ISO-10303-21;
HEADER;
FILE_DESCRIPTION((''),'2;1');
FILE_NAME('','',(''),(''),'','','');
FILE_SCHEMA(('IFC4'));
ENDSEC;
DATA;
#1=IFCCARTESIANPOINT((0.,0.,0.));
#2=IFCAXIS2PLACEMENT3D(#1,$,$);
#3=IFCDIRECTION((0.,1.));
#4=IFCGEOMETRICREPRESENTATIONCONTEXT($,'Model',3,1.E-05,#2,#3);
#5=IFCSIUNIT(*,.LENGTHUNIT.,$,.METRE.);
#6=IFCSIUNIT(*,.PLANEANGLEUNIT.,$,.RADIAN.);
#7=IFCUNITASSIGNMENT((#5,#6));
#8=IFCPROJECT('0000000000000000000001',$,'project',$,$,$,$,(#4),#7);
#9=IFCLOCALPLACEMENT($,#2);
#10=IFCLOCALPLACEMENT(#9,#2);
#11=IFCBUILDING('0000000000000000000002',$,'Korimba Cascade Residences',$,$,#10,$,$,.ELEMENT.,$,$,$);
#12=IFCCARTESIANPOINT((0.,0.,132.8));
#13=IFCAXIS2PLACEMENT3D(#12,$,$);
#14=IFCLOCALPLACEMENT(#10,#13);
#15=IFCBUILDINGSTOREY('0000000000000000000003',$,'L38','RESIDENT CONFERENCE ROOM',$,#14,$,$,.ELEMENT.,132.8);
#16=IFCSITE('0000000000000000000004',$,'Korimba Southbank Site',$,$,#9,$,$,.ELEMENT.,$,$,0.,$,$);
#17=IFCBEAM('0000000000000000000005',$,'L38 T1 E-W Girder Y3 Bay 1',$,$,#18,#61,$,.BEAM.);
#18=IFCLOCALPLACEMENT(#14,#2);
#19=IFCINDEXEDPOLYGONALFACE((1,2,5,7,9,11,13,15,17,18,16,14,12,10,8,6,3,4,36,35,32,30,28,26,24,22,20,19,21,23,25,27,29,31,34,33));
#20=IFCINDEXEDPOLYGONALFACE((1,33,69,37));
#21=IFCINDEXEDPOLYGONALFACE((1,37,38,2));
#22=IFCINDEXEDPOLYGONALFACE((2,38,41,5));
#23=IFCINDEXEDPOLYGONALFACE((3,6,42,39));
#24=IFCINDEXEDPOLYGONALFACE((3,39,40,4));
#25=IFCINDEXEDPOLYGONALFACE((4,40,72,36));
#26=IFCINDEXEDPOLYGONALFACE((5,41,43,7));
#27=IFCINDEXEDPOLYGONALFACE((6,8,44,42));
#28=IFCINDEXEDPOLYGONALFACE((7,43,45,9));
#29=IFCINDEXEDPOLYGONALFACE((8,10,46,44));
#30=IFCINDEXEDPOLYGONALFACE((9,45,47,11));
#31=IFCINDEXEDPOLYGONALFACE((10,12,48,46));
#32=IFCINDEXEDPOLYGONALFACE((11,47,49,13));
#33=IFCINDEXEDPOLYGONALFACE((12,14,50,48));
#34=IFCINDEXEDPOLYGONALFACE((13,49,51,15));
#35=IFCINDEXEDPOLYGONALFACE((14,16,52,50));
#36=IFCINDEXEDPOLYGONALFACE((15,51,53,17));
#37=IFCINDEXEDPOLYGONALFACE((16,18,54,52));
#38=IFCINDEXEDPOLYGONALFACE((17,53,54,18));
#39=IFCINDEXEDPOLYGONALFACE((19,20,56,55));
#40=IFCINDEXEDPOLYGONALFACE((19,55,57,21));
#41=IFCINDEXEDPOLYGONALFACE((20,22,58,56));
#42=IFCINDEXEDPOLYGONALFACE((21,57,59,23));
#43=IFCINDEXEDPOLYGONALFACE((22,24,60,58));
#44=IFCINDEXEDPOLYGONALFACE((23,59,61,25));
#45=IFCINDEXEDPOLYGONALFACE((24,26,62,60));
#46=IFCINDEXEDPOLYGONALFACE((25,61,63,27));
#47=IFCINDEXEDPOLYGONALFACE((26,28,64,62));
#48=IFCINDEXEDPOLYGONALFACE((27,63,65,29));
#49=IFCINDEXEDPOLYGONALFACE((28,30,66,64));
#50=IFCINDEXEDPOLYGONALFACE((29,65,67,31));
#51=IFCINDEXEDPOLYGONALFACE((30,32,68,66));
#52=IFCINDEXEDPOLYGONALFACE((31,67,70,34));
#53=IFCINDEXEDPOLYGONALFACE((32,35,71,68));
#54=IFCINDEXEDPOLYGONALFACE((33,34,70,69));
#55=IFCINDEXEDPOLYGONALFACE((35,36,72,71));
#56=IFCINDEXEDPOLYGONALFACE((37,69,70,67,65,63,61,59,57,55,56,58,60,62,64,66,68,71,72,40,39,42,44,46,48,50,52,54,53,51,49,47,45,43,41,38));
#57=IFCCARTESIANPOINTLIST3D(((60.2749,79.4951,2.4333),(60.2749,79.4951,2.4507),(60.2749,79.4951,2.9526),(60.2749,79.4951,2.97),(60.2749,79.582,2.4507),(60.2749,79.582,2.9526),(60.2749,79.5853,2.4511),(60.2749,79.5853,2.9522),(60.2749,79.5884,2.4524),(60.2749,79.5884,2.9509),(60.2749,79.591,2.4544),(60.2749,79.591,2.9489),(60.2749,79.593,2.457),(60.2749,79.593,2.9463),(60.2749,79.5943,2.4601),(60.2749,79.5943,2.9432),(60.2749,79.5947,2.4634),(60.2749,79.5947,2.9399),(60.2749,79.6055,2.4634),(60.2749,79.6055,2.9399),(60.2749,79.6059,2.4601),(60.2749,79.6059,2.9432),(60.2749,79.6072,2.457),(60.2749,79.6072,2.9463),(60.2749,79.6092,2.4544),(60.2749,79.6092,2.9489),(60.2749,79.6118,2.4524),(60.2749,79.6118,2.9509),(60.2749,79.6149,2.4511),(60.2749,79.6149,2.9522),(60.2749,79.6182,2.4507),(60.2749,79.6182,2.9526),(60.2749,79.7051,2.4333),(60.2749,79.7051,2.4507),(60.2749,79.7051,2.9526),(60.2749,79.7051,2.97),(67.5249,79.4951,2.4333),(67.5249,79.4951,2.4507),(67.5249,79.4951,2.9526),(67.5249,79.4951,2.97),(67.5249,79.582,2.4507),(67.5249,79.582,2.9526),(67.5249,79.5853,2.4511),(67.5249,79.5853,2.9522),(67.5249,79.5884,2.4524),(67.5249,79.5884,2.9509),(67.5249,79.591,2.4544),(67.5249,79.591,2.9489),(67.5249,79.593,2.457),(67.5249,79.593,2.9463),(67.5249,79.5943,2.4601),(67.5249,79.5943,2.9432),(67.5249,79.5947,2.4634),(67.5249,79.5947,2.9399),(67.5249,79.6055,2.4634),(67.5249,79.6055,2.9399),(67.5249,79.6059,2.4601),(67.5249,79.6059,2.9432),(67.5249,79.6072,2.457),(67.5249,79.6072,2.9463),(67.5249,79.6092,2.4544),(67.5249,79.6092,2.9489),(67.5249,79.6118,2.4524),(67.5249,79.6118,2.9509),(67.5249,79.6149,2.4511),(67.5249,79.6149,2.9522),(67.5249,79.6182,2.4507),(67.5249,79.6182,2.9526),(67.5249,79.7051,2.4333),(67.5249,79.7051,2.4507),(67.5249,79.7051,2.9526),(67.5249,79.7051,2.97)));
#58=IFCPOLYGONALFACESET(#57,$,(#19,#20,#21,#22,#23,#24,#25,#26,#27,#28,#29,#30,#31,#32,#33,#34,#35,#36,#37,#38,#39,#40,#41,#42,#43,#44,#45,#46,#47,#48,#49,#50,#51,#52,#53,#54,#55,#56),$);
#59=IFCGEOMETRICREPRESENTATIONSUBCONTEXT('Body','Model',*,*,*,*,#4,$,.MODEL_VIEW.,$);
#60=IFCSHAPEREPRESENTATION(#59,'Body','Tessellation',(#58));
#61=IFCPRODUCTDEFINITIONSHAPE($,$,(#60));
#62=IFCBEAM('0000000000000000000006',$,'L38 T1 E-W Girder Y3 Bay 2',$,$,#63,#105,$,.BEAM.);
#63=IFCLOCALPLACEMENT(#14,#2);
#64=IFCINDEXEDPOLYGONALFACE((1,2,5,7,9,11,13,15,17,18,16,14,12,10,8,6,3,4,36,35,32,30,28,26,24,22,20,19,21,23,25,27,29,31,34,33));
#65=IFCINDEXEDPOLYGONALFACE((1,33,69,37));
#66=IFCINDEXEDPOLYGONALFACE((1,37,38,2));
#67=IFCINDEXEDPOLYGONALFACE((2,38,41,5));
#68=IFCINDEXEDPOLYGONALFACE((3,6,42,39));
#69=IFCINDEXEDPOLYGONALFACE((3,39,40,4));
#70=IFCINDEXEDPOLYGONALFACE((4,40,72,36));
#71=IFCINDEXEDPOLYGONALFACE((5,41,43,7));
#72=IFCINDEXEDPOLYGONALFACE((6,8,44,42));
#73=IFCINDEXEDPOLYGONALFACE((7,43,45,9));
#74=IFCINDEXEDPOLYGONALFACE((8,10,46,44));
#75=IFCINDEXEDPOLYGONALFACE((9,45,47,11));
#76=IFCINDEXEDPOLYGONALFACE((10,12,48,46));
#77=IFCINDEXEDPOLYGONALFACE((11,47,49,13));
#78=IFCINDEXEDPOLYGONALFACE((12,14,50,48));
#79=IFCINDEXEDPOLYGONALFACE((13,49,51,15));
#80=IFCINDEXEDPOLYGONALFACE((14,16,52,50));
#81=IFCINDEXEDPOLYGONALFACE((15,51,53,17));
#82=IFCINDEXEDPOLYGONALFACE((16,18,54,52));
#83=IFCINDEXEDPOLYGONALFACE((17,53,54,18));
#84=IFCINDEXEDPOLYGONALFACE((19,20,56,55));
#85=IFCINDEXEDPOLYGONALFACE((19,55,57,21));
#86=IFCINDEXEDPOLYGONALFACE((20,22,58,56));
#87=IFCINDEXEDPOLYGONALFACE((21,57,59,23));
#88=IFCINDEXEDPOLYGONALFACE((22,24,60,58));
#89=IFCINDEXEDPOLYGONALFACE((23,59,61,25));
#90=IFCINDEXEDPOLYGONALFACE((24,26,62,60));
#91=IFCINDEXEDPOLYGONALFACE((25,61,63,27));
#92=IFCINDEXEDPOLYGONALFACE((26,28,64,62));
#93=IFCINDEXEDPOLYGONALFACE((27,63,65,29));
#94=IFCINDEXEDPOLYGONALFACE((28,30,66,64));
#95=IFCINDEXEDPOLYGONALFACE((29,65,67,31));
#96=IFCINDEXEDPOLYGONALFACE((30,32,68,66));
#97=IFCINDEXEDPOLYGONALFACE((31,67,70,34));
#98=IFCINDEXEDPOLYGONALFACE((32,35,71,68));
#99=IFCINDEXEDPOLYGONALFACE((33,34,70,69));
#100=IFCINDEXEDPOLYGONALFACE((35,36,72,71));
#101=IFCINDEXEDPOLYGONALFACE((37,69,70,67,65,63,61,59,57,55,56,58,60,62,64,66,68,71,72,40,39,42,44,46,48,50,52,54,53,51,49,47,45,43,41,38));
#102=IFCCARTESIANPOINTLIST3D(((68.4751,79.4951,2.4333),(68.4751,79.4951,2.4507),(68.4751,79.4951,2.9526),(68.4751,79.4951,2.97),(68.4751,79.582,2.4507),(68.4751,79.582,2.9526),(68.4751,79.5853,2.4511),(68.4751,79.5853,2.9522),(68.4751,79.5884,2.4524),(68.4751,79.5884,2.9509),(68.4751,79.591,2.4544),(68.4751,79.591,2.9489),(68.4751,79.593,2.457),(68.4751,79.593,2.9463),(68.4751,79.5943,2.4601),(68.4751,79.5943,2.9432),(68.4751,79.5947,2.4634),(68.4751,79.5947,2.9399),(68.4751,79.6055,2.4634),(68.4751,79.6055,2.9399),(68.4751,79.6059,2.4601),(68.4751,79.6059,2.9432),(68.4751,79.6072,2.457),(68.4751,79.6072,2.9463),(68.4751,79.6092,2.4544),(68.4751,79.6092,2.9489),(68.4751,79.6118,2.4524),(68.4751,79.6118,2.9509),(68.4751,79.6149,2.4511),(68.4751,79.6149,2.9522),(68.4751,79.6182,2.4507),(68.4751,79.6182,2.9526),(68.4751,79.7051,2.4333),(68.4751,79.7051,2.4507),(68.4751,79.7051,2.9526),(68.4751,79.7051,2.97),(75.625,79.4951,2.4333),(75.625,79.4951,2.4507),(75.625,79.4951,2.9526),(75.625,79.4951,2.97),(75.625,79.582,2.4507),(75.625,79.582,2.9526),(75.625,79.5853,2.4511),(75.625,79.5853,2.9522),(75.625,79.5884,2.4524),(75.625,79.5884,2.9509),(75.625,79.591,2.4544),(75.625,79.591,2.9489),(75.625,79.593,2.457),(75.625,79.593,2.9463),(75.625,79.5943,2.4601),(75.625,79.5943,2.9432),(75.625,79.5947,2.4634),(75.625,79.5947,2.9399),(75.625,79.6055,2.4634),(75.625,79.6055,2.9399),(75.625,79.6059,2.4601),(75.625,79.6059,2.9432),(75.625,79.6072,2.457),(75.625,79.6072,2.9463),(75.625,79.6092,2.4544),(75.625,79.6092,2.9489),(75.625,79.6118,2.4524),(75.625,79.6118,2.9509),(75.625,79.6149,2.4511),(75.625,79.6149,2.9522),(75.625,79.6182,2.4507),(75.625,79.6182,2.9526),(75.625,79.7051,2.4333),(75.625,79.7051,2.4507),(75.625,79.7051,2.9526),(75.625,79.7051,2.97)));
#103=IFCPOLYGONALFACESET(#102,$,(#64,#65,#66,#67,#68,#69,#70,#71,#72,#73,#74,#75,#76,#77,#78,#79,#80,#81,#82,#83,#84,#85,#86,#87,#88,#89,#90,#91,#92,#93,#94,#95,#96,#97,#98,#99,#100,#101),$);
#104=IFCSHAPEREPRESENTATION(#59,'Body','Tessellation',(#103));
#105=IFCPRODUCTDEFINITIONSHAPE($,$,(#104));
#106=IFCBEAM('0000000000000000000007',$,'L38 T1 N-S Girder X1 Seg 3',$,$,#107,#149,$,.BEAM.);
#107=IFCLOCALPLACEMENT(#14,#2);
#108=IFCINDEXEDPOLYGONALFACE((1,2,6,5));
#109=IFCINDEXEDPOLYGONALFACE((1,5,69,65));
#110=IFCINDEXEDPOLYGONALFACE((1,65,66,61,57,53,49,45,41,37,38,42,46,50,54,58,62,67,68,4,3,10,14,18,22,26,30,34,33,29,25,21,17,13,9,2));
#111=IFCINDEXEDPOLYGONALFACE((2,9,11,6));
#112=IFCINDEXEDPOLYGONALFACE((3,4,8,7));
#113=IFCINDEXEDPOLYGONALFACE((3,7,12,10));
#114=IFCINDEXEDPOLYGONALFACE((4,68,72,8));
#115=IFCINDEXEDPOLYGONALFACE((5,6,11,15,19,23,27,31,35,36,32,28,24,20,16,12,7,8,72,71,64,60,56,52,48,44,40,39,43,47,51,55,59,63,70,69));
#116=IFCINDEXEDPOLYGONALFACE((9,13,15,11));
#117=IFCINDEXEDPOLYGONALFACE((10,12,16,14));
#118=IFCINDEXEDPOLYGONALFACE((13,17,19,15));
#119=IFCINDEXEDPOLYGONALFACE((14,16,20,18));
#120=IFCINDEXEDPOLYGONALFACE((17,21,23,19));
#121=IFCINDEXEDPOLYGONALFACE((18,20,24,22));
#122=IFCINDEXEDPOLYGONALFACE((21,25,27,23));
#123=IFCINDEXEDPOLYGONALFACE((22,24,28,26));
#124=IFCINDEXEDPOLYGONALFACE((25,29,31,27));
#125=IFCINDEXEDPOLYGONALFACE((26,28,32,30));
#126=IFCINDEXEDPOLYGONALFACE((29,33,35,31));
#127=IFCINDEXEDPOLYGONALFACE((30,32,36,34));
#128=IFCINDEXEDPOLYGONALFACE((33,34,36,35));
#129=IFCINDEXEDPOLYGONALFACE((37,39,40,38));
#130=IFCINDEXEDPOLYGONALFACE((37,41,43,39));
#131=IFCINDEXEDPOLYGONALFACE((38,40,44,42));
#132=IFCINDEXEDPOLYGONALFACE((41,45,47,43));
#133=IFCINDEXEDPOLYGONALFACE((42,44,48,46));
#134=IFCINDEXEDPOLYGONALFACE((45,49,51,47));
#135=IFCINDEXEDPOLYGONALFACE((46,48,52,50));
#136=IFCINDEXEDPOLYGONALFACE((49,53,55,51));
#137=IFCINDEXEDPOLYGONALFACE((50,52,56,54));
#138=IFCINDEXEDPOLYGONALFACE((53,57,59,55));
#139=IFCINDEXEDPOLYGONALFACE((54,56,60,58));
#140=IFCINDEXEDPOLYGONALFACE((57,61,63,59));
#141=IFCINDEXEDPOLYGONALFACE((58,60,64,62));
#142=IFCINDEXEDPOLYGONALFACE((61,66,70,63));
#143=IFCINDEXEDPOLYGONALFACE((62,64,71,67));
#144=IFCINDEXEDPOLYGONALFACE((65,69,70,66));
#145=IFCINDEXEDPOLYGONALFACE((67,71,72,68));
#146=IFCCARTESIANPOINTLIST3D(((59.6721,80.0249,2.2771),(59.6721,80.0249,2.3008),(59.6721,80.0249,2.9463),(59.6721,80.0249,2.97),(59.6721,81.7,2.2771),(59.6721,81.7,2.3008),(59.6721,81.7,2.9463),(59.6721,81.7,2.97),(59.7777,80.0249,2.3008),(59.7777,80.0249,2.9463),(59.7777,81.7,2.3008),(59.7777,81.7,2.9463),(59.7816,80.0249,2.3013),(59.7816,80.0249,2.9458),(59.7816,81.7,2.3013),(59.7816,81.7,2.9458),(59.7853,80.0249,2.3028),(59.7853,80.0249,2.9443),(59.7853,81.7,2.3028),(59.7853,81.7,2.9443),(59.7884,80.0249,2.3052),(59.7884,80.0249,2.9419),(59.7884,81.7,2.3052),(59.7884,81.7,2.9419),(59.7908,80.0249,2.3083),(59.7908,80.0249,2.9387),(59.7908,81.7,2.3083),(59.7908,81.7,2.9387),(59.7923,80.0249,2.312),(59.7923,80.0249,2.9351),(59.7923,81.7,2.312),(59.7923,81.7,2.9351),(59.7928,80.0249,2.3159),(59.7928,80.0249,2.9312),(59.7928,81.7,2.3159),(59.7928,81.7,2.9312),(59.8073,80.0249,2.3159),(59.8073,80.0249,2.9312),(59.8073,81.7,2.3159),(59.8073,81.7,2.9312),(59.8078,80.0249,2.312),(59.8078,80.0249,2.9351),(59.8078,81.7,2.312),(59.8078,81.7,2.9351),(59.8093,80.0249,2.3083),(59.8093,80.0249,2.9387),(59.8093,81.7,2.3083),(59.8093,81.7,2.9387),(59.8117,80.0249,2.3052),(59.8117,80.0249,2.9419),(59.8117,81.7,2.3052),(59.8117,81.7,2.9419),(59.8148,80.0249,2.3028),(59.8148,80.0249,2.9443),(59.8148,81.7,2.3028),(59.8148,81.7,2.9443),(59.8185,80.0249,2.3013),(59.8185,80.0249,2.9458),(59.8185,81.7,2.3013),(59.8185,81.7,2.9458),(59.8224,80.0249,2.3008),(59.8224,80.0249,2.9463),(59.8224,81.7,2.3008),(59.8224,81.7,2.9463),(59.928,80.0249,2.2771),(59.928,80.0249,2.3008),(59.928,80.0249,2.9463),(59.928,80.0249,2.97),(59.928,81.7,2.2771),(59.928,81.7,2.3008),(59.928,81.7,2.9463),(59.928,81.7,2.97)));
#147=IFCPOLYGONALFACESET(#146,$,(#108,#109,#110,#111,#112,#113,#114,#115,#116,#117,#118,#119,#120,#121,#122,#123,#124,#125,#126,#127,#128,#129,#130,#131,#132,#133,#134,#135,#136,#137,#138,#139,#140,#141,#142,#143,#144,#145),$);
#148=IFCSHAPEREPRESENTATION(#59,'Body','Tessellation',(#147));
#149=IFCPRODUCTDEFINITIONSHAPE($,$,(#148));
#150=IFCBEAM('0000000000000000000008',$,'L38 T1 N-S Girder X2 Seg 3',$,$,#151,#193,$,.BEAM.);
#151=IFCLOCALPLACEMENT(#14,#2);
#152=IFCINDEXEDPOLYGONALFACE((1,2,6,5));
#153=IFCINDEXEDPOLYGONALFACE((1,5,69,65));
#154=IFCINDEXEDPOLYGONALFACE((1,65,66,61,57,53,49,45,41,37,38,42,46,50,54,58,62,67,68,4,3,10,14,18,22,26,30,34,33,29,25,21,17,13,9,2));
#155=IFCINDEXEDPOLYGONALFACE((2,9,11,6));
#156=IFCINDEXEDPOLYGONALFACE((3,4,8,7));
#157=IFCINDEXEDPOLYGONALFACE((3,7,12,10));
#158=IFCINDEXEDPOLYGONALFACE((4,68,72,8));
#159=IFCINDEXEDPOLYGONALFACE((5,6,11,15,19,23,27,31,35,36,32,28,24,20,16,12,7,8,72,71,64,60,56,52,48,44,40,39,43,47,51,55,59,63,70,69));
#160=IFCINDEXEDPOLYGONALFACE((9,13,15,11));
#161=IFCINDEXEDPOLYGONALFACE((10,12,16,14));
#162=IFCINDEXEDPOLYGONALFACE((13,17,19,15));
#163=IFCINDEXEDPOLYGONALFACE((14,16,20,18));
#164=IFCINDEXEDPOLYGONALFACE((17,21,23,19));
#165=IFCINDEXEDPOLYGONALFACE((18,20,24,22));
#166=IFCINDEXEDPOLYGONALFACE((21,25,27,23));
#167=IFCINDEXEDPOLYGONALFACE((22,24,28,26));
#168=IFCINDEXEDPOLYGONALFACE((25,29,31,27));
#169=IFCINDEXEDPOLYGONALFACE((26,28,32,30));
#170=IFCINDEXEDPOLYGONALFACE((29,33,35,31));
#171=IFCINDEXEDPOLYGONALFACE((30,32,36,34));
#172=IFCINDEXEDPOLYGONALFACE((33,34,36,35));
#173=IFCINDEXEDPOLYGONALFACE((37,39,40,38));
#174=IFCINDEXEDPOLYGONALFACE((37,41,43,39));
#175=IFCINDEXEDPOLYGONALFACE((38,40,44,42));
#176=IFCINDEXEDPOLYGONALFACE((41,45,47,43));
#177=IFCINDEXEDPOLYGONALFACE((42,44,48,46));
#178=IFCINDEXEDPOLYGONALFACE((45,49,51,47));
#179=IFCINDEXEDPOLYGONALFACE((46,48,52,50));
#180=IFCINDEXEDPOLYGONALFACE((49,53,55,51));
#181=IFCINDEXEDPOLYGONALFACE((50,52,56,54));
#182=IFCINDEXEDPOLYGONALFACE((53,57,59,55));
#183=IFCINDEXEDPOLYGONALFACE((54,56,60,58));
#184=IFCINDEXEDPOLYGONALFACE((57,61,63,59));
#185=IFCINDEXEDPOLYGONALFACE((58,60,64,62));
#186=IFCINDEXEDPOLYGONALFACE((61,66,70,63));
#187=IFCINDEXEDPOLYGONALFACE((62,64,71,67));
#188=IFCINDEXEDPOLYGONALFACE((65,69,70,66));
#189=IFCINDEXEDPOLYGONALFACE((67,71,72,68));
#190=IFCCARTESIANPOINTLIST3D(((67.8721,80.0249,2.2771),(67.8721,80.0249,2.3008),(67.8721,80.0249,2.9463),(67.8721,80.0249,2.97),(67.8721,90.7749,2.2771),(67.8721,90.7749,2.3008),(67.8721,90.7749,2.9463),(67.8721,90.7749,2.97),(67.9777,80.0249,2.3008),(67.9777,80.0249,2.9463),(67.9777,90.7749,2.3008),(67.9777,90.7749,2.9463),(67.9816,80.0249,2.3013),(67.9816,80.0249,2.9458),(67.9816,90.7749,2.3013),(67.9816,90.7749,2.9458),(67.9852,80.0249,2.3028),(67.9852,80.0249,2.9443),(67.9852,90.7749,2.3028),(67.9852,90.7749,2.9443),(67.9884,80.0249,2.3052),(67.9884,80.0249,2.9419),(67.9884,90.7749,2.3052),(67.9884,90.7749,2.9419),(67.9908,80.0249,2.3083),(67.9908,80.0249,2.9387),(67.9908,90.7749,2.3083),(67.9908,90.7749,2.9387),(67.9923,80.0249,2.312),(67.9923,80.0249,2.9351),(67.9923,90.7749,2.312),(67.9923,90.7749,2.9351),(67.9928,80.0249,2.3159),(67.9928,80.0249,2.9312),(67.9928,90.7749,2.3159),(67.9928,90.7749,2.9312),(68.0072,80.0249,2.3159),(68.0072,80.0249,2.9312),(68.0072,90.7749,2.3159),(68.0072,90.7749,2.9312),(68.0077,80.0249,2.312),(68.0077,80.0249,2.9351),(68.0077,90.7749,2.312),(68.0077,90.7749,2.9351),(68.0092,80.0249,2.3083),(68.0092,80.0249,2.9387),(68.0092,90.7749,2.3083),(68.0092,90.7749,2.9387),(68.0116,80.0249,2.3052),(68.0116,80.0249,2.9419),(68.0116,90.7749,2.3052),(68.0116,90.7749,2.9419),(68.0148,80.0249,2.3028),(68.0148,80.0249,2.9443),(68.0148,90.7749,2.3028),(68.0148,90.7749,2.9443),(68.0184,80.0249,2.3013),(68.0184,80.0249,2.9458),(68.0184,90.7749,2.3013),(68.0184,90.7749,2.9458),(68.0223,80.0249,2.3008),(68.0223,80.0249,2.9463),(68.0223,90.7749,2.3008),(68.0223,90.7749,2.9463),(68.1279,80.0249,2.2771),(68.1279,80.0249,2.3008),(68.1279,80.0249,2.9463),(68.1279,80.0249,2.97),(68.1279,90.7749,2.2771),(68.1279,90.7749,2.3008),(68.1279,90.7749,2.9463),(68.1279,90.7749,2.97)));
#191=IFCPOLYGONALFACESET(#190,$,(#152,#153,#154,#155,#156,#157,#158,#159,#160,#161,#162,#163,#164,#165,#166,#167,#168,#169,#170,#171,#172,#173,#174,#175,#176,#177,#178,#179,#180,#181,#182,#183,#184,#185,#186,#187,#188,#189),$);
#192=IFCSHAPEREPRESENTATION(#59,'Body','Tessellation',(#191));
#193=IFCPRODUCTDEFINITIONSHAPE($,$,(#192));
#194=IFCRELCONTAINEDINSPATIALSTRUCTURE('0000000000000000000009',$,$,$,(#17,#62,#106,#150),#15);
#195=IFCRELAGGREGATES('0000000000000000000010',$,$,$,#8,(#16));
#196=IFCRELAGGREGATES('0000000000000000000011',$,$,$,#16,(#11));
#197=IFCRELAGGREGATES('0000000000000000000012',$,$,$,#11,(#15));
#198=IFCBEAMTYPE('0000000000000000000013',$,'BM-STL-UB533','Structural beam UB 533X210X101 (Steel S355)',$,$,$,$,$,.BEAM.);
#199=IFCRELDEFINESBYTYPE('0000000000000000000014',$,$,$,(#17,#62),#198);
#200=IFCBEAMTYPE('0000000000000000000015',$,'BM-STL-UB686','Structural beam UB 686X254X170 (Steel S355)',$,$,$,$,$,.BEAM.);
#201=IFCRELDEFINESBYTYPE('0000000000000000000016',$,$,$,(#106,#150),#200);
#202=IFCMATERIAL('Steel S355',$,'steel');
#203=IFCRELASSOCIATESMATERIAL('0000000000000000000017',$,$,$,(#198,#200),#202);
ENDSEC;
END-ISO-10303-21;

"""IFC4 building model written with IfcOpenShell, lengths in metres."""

from ifc_helpers import new_model, si_unit, direction, frame, origin, origin_2d, place, context, subcontext, project, spatial, i_section, extrude, material, material_profile, profile_set, type_object, element, save


model = new_model("IFC4")

# Units and contexts
model_context = context("Model", 3, precision=1e-05, world=origin(), true_north=direction((0.0, 1.0)))
body_context = subcontext(model_context, "Body", "Model", "MODEL_VIEW")
ifc_project = project(units=[si_unit("LENGTHUNIT", "METRE"), si_unit("PLANEANGLEUNIT", "RADIAN")], contexts=[model_context])

# Site, building, storey
site_placement = place(None, origin())
site = spatial("IfcSite", under=ifc_project, at=site_placement, Name="Korimba Southbank Site", CompositionType="ELEMENT", RefElevation=0.0)
building_placement = place(site_placement, origin())
building = spatial("IfcBuilding", under=site, at=building_placement, Name="Korimba Cascade Residences", CompositionType="ELEMENT")
storey_placement = place(building_placement, frame((0.0, 0.0, 132.8)))
storey = spatial("IfcBuildingStorey", under=building, at=storey_placement, Name="L38", Description="RESIDENT CONFERENCE ROOM", CompositionType="ELEMENT", Elevation=132.8)

# Beams
ifc_material_1 = material(Name="Steel S355", Category="steel")
ifc_material_profile_1 = material_profile(ifc_material_1, i_section(OverallWidth=0.21, OverallDepth=0.5366, WebThickness=0.0107, FlangeThickness=0.0173, FilletRadius=0.0127, at=origin_2d()), Name="Steel S355")
ifc_profile_set_1 = profile_set([ifc_material_profile_1], Name="Steel S355")
beam_type_1 = type_object("IfcBeamType", Name="BM-STL-UB533", Description="Structural beam UB 533X210X101 (Steel S355)", PredefinedType="BEAM", material=ifc_profile_set_1)
beam_1_placement = place(storey_placement, frame((60.2749, 79.6001, 2.7017), z_axis=(1.0, 0.0, 0.0), x_axis=(0.0, 1.0, 0.0)))
element("IfcBeam", 1, at=beam_1_placement, inside=storey, type_object=beam_type_1, Name="L38 T1 E-W Girder Y3 Bay 1", PredefinedType="BEAM", context=body_context, shape_type="SweptSolid", body=[
    extrude(i_section(OverallWidth=0.21, OverallDepth=0.5366, WebThickness=0.0107, FlangeThickness=0.0173, FilletRadius=0.0127, at=origin_2d()), origin(), (0.0, 0.0, 1.0), 7.25),
])
beam_2_placement = place(storey_placement, frame((68.4751, 79.6001, 2.7017), z_axis=(1.0, 0.0, 0.0), x_axis=(0.0, 1.0, 0.0)))
element("IfcBeam", 2, at=beam_2_placement, inside=storey, type_object=beam_type_1, Name="L38 T1 E-W Girder Y3 Bay 2", PredefinedType="BEAM", context=body_context, shape_type="SweptSolid", body=[
    extrude(i_section(OverallWidth=0.21, OverallDepth=0.5366, WebThickness=0.0107, FlangeThickness=0.0173, FilletRadius=0.0127, at=origin_2d()), origin(), (0.0, 0.0, 1.0), 7.1499),
])
ifc_material_profile_2 = material_profile(ifc_material_1, i_section(OverallWidth=0.2559, OverallDepth=0.6929, WebThickness=0.0144, FlangeThickness=0.0237, FilletRadius=0.0151, at=origin_2d()), Name="Steel S355")
ifc_profile_set_2 = profile_set([ifc_material_profile_2], Name="Steel S355")
beam_type_2 = type_object("IfcBeamType", Name="BM-STL-UB686", Description="Structural beam UB 686X254X170 (Steel S355)", PredefinedType="BEAM", material=ifc_profile_set_2)
beam_3_placement = place(storey_placement, frame((59.8, 80.0249, 2.6235), z_axis=(0.0, 1.0, 0.0), x_axis=(-1.0, 0.0, 0.0)))
element("IfcBeam", 3, at=beam_3_placement, inside=storey, type_object=beam_type_2, Name="L38 T1 N-S Girder X1 Seg 3", PredefinedType="BEAM", context=body_context, shape_type="SweptSolid", body=[
    extrude(i_section(OverallWidth=0.2559, OverallDepth=0.6929, WebThickness=0.0144, FlangeThickness=0.0237, FilletRadius=0.0151, at=origin_2d()), origin(), (0.0, 0.0, 1.0), 1.675),
])
for number, where, z_axis, x_axis, name in (
    (4, (68.0, 80.0249, 2.6235), (0.0, 1.0, 0.0), (-1.0, 0.0, 0.0), "L38 T1 N-S Girder X2 Seg 3"),
):
    element("IfcBeam", number, at=place(storey_placement, frame(where, z_axis=z_axis, x_axis=x_axis)), inside=storey, type_object=beam_type_2, Name=name, PredefinedType="BEAM", context=body_context, shape_type="SweptSolid", body=[
        extrude(i_section(OverallWidth=0.2559, OverallDepth=0.6929, WebThickness=0.0144, FlangeThickness=0.0237, FilletRadius=0.0151, at=origin_2d()), origin(), (0.0, 0.0, 1.0), 10.75),
    ])

save(model, "model.ifc")
